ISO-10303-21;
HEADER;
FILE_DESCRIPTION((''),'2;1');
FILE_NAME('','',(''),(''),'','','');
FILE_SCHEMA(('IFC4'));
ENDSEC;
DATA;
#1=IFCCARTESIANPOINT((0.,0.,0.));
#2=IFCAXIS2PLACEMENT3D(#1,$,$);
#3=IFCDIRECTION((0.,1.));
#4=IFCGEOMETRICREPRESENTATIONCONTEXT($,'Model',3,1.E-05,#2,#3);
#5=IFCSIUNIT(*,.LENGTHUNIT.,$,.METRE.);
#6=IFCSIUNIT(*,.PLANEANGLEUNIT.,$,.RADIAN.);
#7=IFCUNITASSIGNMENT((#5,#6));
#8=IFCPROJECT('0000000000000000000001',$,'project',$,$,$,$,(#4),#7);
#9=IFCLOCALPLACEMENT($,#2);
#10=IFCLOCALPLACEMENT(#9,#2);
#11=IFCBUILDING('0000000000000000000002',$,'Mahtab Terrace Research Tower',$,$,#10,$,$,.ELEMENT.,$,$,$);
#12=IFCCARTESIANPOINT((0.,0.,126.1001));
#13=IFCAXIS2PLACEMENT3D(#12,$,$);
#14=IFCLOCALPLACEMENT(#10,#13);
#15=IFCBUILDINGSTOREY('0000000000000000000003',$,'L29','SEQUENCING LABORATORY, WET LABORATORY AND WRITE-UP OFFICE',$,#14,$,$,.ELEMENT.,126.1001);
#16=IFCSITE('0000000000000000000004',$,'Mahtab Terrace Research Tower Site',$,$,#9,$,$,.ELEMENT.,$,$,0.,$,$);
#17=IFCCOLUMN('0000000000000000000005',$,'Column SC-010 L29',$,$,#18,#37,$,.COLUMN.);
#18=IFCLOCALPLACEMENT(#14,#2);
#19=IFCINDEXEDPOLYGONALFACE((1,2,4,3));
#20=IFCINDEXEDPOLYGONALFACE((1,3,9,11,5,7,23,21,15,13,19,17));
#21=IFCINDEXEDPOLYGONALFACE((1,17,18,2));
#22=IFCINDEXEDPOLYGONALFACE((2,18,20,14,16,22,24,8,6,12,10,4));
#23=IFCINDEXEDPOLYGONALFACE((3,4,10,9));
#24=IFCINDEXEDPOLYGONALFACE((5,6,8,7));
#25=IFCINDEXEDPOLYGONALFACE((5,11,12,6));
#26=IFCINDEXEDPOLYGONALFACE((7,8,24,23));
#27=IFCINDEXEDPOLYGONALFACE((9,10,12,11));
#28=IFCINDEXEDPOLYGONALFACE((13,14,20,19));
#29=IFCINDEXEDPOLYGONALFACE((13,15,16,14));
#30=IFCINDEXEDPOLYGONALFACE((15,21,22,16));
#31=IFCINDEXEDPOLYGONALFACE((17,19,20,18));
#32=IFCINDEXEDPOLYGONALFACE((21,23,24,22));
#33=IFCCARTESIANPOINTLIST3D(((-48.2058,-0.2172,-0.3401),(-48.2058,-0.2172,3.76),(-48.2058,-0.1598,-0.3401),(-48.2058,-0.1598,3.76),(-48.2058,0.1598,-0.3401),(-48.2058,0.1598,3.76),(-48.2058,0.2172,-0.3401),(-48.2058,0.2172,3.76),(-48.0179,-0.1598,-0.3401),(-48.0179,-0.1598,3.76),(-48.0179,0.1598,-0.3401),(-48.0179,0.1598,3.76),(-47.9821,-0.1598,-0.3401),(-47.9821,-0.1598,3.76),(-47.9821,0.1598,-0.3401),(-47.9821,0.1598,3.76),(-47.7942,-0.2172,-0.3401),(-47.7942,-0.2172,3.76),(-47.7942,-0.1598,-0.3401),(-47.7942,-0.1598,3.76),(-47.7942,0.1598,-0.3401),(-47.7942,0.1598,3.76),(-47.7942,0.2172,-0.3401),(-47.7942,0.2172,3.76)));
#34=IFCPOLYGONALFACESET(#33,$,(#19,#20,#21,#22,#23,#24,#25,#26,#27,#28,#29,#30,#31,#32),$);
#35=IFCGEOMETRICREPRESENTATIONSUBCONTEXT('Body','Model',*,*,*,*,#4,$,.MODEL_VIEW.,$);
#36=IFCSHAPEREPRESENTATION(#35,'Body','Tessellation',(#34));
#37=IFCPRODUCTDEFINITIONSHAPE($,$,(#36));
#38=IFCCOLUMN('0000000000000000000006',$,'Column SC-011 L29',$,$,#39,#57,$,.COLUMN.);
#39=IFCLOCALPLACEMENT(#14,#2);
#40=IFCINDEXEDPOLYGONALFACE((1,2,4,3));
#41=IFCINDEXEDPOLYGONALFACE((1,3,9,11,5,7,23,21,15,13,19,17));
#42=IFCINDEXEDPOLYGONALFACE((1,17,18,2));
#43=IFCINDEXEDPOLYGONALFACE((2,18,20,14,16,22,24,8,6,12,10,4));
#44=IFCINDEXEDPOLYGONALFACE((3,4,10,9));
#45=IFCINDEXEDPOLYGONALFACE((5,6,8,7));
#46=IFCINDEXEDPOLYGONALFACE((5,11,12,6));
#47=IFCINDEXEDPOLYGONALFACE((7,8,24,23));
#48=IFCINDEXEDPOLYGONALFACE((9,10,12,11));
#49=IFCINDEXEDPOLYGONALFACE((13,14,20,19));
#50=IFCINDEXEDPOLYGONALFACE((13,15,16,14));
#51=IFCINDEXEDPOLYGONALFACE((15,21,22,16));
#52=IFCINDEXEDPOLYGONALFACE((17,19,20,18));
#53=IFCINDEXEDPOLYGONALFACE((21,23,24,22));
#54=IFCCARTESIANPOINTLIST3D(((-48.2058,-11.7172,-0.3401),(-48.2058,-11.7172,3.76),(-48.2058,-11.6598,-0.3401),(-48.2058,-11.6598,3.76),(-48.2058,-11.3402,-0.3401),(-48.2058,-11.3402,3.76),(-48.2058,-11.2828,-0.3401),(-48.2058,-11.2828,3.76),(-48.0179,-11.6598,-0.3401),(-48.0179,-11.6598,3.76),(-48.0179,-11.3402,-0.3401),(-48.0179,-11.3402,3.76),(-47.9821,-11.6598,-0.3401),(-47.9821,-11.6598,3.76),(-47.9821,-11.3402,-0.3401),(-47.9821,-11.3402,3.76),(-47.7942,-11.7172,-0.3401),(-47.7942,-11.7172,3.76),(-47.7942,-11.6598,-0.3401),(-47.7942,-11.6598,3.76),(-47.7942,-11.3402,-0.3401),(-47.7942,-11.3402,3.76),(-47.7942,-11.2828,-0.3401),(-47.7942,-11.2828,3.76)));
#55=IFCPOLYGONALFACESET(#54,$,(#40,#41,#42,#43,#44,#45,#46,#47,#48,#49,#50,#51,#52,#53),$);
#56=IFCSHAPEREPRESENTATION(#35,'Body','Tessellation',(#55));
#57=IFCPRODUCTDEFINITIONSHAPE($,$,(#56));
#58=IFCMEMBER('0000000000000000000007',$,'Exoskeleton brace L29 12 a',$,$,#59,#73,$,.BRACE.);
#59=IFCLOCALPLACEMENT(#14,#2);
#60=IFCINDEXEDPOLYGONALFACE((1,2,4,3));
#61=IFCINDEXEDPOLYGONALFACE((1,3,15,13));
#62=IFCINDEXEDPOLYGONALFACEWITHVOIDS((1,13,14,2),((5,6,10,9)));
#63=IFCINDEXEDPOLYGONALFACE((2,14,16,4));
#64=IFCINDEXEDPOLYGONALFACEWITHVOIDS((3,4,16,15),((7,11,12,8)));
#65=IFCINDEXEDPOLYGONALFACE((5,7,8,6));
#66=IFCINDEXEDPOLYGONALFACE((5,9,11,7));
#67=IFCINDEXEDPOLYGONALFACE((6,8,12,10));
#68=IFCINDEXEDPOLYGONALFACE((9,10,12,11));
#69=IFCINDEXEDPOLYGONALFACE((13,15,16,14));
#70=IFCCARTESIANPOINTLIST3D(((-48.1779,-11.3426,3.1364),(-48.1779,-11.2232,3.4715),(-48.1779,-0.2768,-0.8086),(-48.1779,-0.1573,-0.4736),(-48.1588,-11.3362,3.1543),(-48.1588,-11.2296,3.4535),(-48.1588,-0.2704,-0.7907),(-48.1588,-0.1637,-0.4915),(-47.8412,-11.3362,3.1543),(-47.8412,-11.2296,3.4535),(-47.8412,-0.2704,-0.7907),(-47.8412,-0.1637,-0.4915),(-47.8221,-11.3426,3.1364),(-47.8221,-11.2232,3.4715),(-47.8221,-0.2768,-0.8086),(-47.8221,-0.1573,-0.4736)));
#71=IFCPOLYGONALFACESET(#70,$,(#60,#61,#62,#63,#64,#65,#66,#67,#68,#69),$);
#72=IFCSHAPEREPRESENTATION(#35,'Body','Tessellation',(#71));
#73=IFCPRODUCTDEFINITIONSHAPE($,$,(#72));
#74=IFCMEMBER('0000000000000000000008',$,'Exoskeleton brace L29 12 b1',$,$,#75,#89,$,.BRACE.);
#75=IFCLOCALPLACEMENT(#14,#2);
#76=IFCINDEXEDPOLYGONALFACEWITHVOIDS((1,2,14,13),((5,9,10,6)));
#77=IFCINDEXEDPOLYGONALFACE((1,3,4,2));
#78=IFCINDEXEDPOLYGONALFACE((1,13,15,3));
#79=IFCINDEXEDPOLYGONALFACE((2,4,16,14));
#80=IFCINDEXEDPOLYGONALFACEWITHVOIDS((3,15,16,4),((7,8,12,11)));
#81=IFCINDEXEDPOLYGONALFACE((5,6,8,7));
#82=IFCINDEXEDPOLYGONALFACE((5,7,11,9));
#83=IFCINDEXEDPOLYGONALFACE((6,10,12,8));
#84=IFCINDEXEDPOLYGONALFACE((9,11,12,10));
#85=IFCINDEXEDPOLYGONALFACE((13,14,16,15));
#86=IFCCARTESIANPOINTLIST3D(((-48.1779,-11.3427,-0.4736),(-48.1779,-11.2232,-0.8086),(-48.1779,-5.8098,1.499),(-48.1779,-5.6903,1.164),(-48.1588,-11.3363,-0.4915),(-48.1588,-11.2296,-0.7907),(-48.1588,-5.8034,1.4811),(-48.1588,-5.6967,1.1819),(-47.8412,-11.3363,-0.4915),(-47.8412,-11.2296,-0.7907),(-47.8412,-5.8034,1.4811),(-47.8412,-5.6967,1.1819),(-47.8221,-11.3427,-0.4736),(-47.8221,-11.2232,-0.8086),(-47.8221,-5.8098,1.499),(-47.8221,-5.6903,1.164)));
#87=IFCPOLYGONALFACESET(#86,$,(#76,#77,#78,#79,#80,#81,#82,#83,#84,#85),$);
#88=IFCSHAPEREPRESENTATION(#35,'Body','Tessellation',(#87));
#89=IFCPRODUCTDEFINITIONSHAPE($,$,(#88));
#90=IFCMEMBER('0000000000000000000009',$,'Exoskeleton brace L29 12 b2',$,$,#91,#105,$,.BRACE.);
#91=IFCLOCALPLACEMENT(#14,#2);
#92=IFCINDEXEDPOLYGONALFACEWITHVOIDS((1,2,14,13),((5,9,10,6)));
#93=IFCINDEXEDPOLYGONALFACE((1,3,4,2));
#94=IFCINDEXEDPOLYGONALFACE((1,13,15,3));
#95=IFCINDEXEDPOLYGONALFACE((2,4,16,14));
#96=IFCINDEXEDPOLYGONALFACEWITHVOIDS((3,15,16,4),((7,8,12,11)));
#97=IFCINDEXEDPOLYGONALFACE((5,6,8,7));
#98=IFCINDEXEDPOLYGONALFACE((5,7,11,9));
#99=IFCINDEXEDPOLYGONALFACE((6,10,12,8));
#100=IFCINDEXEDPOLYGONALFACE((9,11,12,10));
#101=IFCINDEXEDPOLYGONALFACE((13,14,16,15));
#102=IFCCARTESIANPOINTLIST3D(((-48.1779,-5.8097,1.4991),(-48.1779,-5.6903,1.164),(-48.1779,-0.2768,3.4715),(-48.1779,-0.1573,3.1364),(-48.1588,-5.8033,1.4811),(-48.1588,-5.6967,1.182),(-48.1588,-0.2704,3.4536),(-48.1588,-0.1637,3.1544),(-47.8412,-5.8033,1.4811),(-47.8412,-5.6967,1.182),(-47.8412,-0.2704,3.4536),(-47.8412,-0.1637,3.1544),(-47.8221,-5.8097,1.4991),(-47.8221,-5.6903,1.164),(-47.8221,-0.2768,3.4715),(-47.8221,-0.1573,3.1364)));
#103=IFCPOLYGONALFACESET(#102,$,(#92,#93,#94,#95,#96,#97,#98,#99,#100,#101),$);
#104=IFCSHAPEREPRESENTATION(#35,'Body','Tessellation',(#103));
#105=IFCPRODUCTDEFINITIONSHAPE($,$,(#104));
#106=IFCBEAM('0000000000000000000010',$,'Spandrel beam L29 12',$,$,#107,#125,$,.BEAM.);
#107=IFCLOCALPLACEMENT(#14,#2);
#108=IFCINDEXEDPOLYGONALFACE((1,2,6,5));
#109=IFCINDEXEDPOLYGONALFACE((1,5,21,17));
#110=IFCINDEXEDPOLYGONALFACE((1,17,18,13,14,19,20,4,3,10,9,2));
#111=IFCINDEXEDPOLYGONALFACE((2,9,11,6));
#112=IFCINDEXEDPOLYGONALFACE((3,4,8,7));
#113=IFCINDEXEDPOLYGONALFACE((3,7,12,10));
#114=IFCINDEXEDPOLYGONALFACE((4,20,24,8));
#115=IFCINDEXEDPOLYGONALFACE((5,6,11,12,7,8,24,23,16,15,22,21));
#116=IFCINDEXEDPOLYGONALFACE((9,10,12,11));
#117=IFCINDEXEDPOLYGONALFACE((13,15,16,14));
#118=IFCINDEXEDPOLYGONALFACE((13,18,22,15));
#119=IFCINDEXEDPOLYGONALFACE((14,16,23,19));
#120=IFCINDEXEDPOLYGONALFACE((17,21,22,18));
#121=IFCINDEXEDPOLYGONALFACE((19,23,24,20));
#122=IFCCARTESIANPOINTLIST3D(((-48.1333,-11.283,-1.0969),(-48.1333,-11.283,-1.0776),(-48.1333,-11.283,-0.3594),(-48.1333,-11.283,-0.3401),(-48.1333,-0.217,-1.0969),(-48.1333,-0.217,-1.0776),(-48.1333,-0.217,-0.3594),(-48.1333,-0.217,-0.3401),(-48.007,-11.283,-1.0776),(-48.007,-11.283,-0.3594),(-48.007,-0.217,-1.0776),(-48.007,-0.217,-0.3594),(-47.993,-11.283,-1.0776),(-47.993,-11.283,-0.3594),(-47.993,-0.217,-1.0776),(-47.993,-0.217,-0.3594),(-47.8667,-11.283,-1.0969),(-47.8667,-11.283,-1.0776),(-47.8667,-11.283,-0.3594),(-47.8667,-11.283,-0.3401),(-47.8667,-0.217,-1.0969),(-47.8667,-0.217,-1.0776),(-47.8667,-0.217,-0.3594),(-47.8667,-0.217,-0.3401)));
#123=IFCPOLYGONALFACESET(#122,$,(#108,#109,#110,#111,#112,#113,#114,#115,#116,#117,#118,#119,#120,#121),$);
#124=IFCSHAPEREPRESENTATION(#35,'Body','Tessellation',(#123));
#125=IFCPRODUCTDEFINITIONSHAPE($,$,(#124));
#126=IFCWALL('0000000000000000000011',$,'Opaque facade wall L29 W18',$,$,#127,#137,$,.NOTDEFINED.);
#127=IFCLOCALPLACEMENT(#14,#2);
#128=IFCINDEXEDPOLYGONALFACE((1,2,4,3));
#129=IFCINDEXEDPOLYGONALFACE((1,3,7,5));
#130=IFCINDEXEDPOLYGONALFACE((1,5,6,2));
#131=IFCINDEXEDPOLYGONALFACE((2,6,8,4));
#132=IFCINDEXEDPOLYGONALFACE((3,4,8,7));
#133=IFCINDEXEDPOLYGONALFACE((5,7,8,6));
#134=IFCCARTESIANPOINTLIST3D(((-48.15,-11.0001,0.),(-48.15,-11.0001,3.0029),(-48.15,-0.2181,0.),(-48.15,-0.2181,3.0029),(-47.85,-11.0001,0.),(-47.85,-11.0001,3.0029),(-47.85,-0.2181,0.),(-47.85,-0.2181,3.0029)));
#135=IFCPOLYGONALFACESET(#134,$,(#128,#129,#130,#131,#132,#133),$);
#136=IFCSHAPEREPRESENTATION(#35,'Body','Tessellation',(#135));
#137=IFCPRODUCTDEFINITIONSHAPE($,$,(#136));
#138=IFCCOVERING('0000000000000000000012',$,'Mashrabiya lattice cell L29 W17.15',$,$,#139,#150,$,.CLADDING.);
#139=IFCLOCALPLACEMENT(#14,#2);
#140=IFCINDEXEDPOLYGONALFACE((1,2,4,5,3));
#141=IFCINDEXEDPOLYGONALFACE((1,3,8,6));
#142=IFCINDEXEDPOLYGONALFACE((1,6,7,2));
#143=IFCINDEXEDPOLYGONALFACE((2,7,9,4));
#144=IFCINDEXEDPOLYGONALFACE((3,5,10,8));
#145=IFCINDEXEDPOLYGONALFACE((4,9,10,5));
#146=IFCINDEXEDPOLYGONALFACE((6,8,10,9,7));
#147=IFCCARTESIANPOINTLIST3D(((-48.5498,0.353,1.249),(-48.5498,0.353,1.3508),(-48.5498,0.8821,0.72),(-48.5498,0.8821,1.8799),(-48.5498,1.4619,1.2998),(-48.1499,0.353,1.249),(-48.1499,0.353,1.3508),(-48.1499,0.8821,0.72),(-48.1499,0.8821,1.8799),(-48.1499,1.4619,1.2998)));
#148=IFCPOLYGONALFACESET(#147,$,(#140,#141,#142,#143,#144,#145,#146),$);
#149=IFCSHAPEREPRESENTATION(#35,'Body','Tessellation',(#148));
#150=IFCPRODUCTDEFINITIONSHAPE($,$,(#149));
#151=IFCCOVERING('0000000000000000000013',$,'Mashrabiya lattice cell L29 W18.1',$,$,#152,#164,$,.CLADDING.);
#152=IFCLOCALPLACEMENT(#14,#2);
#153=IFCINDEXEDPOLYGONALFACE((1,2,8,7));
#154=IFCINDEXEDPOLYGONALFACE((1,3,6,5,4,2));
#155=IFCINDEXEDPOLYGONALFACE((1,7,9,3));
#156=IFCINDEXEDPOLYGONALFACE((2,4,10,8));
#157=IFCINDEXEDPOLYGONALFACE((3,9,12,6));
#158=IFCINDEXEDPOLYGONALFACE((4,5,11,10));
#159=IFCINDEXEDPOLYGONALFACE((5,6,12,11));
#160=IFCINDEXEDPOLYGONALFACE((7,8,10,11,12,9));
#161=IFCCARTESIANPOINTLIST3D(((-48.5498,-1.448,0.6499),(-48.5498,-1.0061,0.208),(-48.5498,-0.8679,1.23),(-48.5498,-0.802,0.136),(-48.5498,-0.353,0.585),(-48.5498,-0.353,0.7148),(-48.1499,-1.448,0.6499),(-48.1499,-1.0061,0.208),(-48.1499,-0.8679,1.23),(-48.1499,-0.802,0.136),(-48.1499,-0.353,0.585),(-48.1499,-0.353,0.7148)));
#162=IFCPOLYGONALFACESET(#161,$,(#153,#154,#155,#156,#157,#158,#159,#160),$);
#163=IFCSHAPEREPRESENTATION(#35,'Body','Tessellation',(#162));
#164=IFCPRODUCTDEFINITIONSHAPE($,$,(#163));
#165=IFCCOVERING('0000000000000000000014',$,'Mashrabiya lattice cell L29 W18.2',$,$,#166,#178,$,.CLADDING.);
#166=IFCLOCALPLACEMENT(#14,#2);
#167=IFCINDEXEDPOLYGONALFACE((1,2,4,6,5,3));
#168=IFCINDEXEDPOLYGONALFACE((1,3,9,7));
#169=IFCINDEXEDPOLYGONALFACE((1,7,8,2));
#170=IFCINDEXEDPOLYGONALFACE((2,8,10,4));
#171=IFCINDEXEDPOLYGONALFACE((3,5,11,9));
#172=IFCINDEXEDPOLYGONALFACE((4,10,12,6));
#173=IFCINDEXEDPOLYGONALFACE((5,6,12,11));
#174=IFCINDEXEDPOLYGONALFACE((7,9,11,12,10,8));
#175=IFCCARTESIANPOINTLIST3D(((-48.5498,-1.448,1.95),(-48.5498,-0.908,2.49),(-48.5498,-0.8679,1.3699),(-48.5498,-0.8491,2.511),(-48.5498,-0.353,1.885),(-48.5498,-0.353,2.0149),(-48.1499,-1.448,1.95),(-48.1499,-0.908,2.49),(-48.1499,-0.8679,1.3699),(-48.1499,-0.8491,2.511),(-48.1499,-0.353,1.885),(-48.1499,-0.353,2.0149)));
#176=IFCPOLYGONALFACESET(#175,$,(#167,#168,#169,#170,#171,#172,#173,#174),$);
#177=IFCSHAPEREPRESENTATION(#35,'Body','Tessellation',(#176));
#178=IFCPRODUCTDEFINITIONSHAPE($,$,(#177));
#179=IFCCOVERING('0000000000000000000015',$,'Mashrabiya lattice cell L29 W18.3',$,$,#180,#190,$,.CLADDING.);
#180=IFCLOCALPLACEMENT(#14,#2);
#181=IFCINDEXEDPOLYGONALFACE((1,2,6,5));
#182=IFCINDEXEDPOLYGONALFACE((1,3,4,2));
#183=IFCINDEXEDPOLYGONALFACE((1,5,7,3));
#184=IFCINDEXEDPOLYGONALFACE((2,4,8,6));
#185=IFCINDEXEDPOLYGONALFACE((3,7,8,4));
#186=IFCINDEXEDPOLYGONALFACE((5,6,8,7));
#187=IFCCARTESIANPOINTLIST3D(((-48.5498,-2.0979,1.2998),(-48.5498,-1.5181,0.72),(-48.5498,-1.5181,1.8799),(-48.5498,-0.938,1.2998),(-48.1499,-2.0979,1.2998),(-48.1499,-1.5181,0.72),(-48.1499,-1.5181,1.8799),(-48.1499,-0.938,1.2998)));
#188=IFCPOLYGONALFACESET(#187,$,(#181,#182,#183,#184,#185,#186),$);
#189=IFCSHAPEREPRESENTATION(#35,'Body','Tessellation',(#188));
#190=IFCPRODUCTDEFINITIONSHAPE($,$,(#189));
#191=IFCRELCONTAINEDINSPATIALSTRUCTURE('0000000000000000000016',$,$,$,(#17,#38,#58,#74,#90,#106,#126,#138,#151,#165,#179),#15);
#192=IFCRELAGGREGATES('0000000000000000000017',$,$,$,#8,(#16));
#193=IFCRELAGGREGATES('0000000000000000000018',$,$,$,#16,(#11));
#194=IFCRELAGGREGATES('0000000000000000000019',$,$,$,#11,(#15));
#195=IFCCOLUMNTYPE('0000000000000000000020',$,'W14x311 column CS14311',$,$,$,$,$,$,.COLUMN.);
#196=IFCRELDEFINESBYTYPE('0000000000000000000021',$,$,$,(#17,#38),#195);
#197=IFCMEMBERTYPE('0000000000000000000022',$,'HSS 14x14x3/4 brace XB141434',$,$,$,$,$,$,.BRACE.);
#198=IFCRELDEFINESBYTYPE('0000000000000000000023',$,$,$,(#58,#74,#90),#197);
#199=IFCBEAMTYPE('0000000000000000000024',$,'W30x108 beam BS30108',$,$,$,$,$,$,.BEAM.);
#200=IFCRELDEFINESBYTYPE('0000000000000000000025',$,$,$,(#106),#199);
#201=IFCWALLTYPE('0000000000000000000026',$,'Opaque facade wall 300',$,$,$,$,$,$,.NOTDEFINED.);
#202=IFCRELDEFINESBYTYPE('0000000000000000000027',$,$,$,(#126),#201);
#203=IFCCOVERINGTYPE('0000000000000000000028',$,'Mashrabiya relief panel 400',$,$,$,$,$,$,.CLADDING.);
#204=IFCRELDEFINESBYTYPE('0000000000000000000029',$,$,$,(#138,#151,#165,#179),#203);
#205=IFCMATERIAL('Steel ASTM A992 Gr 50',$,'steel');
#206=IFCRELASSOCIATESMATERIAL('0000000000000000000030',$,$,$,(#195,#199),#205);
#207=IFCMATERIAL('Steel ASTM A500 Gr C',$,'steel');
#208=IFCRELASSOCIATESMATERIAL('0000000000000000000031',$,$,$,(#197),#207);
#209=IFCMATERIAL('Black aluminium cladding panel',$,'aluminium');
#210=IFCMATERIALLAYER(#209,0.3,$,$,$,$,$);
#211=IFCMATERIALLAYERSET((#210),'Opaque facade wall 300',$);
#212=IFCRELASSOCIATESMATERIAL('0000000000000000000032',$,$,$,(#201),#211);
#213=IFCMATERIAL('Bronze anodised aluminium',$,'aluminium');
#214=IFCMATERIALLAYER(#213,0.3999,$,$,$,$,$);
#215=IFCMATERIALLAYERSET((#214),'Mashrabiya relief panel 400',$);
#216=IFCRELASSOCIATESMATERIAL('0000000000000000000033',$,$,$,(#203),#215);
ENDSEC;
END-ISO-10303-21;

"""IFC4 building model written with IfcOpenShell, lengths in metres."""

from ifc_helpers import new_model, si_unit, direction, frame, frame_2d, origin, origin_2d, place, context, subcontext, project, spatial, polyline, rectangle, hollow_rectangle, i_section, outline, extrude, material, layer, layer_set, material_profile, profile_set, type_object, element, save


model = new_model("IFC4")

# Units and contexts
model_context = context("Model", 3, precision=1e-05, world=origin(), true_north=direction((0.0, 1.0)))
body_context = subcontext(model_context, "Body", "Model", "MODEL_VIEW")
ifc_project = project(units=[si_unit("LENGTHUNIT", "METRE"), si_unit("PLANEANGLEUNIT", "RADIAN")], contexts=[model_context])

# Site, building, storey
site_placement = place(None, origin())
site = spatial("IfcSite", under=ifc_project, at=site_placement, Name="Mahtab Terrace Research Tower Site", CompositionType="ELEMENT", RefElevation=0.0)
building_placement = place(site_placement, origin())
building = spatial("IfcBuilding", under=site, at=building_placement, Name="Mahtab Terrace Research Tower", CompositionType="ELEMENT")
storey_placement = place(building_placement, frame((0.0, 0.0, 126.1001)))
storey = spatial("IfcBuildingStorey", under=building, at=storey_placement, Name="L29", Description="SEQUENCING LABORATORY, WET LABORATORY AND WRITE-UP OFFICE", CompositionType="ELEMENT", Elevation=126.1001)

# Columns
ifc_material_1 = material(Name="Steel ASTM A992 Gr 50", Category="steel")
ifc_material_profile_1 = material_profile(ifc_material_1, i_section(OverallWidth=0.4116, OverallDepth=0.4343, WebThickness=0.0359, FlangeThickness=0.0574, at=origin_2d()), Name="W14X311")
ifc_profile_set_1 = profile_set([ifc_material_profile_1], Name="Steel ASTM A992 Gr 50")
column_type = type_object("IfcColumnType", Name="W14x311 column CS14311", PredefinedType="COLUMN", material=ifc_profile_set_1)
for number, where, z_axis, x_axis, name in (
    (1, (-48.0, 0.0, -0.3401), (0.0, 0.0, 1.0), (1.0, 0.0, 0.0), "Column SC-010 L29"),
    (2, (-48.0, -11.5, -0.3401), (0.0, 0.0, 1.0), (1.0, 0.0, 0.0), "Column SC-011 L29"),
):
    element("IfcColumn", number, at=place(storey_placement, frame(where, z_axis=z_axis, x_axis=x_axis)), inside=storey, type_object=column_type, Name=name, PredefinedType="COLUMN", context=body_context, shape_type="SweptSolid", body=[
        extrude(i_section(OverallWidth=0.4116, OverallDepth=0.4343, WebThickness=0.0359, FlangeThickness=0.0574, at=origin_2d()), origin(), (0.0, 0.0, 1.0), 4.1001),
    ])

# Members
ifc_material_2 = material(Name="Steel ASTM A500 Gr C", Category="steel")
ifc_material_profile_2 = material_profile(ifc_material_2, hollow_rectangle(XDim=0.3557, YDim=0.3557, WallThickness=0.019, at=origin_2d()), Name="HSS14X14X3/4")
ifc_profile_set_2 = profile_set([ifc_material_profile_2], Name="Steel ASTM A500 Gr C")
member_type = type_object("IfcMemberType", Name="HSS 14x14x3/4 brace XB141434", PredefinedType="BRACE", material=ifc_profile_set_2)
member_placement = place(storey_placement, frame((-48.0, -0.217, -0.6411), z_axis=(0.0, -0.941932, 0.335804), x_axis=(1.0, 0.0, 0.0)))
element("IfcMember", 3, at=member_placement, inside=storey, type_object=member_type, Name="Exoskeleton brace L29 12 a", PredefinedType="BRACE", context=body_context, shape_type="SweptSolid", body=[
    extrude(hollow_rectangle(XDim=0.3557, YDim=0.3557, WallThickness=0.019, at=origin_2d()), origin(), (0.0, 0.0, 1.0), 11.748),
])
for number, where, z_axis, x_axis, name in (
    (4, (-48.0, -11.283, -0.6411), (0.0, 0.941925, 0.335823), (-1.0, 0.0, 0.0), "Exoskeleton brace L29 12 b1"),
    (5, (-48.0, -5.75, 1.3315), (0.0, 0.941938, 0.335786), (-1.0, 0.0, 0.0), "Exoskeleton brace L29 12 b2"),
):
    element("IfcMember", number, at=place(storey_placement, frame(where, z_axis=z_axis, x_axis=x_axis)), inside=storey, type_object=member_type, Name=name, PredefinedType="BRACE", context=body_context, shape_type="SweptSolid", body=[
        extrude(hollow_rectangle(XDim=0.3557, YDim=0.3557, WallThickness=0.019, at=origin_2d()), origin(), (0.0, 0.0, 1.0), 5.874),
    ])

# Beam
ifc_material_profile_3 = material_profile(ifc_material_1, i_section(OverallWidth=0.2666, OverallDepth=0.7568, WebThickness=0.0139, FlangeThickness=0.0193, at=origin_2d()), Name="W30X108")
ifc_profile_set_3 = profile_set([ifc_material_profile_3], Name="Steel ASTM A992 Gr 50")
beam_type = type_object("IfcBeamType", Name="W30x108 beam BS30108", PredefinedType="BEAM", material=ifc_profile_set_3)
beam_placement = place(storey_placement, frame((-48.0, -0.217, -0.7185), z_axis=(0.0, -1.0, 0.0), x_axis=(1.0, 0.0, 0.0)))
element("IfcBeam", 6, at=beam_placement, inside=storey, type_object=beam_type, Name="Spandrel beam L29 12", PredefinedType="BEAM", context=body_context, shape_type="SweptSolid", body=[
    extrude(i_section(OverallWidth=0.2666, OverallDepth=0.7568, WebThickness=0.0139, FlangeThickness=0.0193, at=origin_2d()), origin(), (0.0, 0.0, 1.0), 11.0659),
])

# Wall
ifc_material_3 = material(Name="Black aluminium cladding panel", Category="aluminium")
ifc_layer_1 = layer(ifc_material_3, 0.3)
ifc_layer_set_1 = layer_set([ifc_layer_1], Name="Opaque facade wall 300")
wall_type = type_object("IfcWallType", Name="Opaque facade wall 300", PredefinedType="NOTDEFINED", material=ifc_layer_set_1)
wall_placement = place(storey_placement, frame((-48.0, -0.218, 0.0), z_axis=(0.0, 0.0, 1.0), x_axis=(0.0, -1.0, 0.0)))
element("IfcWall", 7, at=wall_placement, inside=storey, type_object=wall_type, Name="Opaque facade wall L29 W18", PredefinedType="NOTDEFINED", context=body_context, shape_type="SweptSolid", body=[
    extrude(rectangle(XDim=10.782, YDim=0.3, at=frame_2d((5.3911, 0.0))), origin(), (0.0, 0.0, 1.0), 3.0029),
])

# Coverings
ifc_material_4 = material(Name="Bronze anodised aluminium", Category="aluminium")
ifc_layer_2 = layer(ifc_material_4, 0.3999)
ifc_layer_set_2 = layer_set([ifc_layer_2], Name="Mashrabiya relief panel 400")
covering_type = type_object("IfcCoveringType", Name="Mashrabiya relief panel 400", PredefinedType="CLADDING", material=ifc_layer_set_2)
covering_1_placement = place(storey_placement, frame((-48.1499, 0.8821, 0.72), z_axis=(1.0, 0.0, 0.0), x_axis=(0.0, 0.707107, 0.707107)))
element("IfcCovering", 8, at=covering_1_placement, inside=storey, type_object=covering_type, Name="Mashrabiya lattice cell L29 W17.15", PredefinedType="CLADDING", context=body_context, shape_type="SweptSolid", body=[
    extrude(outline(polyline([(0.0, 0.0), (0.82, 0.0), (0.8202, 0.8202), (0.072, 0.8202), (0.0, 0.7482), (0.0, 0.0)])), origin(), (0.0, 0.0, -1.0), 0.3999),
])
covering_2_placement = place(storey_placement, frame((-48.1499, -0.353, 0.585), z_axis=(1.0, 0.0, 0.0), x_axis=(0.0, 0.0, 1.0)))
element("IfcCovering", 9, at=covering_2_placement, inside=storey, type_object=covering_type, Name="Mashrabiya lattice cell L29 W18.1", PredefinedType="CLADDING", context=body_context, shape_type="SweptSolid", body=[
    extrude(outline(polyline([(0.0, 0.0), (0.1299, 0.0), (0.645, 0.5149), (0.0649, 1.095), (-0.377, 0.6531), (-0.449, 0.449), (0.0, 0.0)])), origin(), (0.0, 0.0, -1.0), 0.3999),
])
covering_3_placement = place(storey_placement, frame((-48.1499, -1.448, 1.95), z_axis=(1.0, 0.0, 0.0), x_axis=(0.0, 0.707107, -0.707107)))
element("IfcCovering", 10, at=covering_3_placement, inside=storey, type_object=covering_type, Name="Mashrabiya lattice cell L29 W18.2", PredefinedType="CLADDING", context=body_context, shape_type="SweptSolid", body=[
    extrude(outline(polyline([(0.0, 0.0), (0.8204, 0.0), (0.8202, 0.7283), (0.7283, 0.8202), (0.0268, 0.8202), (0.0, 0.7637), (0.0, 0.0)])), origin(), (0.0, 0.0, -1.0), 0.3999),
])
covering_4_placement = place(storey_placement, frame((-48.1499, -1.5181, 1.8799), z_axis=(1.0, 0.0, 0.0), x_axis=(0.0, -0.706958, -0.707256)))
element("IfcCovering", 11, at=covering_4_placement, inside=storey, type_object=covering_type, Name="Mashrabiya lattice cell L29 W18.3", PredefinedType="CLADDING", context=body_context, shape_type="SweptSolid", body=[
    extrude(outline(polyline([(0.0, 0.0), (0.8202, 0.0), (0.8204, 0.82), (0.0002, 0.8204), (0.0, 0.0)])), origin(), (0.0, 0.0, -1.0), 0.3999),
])

save(model, "model.ifc")
